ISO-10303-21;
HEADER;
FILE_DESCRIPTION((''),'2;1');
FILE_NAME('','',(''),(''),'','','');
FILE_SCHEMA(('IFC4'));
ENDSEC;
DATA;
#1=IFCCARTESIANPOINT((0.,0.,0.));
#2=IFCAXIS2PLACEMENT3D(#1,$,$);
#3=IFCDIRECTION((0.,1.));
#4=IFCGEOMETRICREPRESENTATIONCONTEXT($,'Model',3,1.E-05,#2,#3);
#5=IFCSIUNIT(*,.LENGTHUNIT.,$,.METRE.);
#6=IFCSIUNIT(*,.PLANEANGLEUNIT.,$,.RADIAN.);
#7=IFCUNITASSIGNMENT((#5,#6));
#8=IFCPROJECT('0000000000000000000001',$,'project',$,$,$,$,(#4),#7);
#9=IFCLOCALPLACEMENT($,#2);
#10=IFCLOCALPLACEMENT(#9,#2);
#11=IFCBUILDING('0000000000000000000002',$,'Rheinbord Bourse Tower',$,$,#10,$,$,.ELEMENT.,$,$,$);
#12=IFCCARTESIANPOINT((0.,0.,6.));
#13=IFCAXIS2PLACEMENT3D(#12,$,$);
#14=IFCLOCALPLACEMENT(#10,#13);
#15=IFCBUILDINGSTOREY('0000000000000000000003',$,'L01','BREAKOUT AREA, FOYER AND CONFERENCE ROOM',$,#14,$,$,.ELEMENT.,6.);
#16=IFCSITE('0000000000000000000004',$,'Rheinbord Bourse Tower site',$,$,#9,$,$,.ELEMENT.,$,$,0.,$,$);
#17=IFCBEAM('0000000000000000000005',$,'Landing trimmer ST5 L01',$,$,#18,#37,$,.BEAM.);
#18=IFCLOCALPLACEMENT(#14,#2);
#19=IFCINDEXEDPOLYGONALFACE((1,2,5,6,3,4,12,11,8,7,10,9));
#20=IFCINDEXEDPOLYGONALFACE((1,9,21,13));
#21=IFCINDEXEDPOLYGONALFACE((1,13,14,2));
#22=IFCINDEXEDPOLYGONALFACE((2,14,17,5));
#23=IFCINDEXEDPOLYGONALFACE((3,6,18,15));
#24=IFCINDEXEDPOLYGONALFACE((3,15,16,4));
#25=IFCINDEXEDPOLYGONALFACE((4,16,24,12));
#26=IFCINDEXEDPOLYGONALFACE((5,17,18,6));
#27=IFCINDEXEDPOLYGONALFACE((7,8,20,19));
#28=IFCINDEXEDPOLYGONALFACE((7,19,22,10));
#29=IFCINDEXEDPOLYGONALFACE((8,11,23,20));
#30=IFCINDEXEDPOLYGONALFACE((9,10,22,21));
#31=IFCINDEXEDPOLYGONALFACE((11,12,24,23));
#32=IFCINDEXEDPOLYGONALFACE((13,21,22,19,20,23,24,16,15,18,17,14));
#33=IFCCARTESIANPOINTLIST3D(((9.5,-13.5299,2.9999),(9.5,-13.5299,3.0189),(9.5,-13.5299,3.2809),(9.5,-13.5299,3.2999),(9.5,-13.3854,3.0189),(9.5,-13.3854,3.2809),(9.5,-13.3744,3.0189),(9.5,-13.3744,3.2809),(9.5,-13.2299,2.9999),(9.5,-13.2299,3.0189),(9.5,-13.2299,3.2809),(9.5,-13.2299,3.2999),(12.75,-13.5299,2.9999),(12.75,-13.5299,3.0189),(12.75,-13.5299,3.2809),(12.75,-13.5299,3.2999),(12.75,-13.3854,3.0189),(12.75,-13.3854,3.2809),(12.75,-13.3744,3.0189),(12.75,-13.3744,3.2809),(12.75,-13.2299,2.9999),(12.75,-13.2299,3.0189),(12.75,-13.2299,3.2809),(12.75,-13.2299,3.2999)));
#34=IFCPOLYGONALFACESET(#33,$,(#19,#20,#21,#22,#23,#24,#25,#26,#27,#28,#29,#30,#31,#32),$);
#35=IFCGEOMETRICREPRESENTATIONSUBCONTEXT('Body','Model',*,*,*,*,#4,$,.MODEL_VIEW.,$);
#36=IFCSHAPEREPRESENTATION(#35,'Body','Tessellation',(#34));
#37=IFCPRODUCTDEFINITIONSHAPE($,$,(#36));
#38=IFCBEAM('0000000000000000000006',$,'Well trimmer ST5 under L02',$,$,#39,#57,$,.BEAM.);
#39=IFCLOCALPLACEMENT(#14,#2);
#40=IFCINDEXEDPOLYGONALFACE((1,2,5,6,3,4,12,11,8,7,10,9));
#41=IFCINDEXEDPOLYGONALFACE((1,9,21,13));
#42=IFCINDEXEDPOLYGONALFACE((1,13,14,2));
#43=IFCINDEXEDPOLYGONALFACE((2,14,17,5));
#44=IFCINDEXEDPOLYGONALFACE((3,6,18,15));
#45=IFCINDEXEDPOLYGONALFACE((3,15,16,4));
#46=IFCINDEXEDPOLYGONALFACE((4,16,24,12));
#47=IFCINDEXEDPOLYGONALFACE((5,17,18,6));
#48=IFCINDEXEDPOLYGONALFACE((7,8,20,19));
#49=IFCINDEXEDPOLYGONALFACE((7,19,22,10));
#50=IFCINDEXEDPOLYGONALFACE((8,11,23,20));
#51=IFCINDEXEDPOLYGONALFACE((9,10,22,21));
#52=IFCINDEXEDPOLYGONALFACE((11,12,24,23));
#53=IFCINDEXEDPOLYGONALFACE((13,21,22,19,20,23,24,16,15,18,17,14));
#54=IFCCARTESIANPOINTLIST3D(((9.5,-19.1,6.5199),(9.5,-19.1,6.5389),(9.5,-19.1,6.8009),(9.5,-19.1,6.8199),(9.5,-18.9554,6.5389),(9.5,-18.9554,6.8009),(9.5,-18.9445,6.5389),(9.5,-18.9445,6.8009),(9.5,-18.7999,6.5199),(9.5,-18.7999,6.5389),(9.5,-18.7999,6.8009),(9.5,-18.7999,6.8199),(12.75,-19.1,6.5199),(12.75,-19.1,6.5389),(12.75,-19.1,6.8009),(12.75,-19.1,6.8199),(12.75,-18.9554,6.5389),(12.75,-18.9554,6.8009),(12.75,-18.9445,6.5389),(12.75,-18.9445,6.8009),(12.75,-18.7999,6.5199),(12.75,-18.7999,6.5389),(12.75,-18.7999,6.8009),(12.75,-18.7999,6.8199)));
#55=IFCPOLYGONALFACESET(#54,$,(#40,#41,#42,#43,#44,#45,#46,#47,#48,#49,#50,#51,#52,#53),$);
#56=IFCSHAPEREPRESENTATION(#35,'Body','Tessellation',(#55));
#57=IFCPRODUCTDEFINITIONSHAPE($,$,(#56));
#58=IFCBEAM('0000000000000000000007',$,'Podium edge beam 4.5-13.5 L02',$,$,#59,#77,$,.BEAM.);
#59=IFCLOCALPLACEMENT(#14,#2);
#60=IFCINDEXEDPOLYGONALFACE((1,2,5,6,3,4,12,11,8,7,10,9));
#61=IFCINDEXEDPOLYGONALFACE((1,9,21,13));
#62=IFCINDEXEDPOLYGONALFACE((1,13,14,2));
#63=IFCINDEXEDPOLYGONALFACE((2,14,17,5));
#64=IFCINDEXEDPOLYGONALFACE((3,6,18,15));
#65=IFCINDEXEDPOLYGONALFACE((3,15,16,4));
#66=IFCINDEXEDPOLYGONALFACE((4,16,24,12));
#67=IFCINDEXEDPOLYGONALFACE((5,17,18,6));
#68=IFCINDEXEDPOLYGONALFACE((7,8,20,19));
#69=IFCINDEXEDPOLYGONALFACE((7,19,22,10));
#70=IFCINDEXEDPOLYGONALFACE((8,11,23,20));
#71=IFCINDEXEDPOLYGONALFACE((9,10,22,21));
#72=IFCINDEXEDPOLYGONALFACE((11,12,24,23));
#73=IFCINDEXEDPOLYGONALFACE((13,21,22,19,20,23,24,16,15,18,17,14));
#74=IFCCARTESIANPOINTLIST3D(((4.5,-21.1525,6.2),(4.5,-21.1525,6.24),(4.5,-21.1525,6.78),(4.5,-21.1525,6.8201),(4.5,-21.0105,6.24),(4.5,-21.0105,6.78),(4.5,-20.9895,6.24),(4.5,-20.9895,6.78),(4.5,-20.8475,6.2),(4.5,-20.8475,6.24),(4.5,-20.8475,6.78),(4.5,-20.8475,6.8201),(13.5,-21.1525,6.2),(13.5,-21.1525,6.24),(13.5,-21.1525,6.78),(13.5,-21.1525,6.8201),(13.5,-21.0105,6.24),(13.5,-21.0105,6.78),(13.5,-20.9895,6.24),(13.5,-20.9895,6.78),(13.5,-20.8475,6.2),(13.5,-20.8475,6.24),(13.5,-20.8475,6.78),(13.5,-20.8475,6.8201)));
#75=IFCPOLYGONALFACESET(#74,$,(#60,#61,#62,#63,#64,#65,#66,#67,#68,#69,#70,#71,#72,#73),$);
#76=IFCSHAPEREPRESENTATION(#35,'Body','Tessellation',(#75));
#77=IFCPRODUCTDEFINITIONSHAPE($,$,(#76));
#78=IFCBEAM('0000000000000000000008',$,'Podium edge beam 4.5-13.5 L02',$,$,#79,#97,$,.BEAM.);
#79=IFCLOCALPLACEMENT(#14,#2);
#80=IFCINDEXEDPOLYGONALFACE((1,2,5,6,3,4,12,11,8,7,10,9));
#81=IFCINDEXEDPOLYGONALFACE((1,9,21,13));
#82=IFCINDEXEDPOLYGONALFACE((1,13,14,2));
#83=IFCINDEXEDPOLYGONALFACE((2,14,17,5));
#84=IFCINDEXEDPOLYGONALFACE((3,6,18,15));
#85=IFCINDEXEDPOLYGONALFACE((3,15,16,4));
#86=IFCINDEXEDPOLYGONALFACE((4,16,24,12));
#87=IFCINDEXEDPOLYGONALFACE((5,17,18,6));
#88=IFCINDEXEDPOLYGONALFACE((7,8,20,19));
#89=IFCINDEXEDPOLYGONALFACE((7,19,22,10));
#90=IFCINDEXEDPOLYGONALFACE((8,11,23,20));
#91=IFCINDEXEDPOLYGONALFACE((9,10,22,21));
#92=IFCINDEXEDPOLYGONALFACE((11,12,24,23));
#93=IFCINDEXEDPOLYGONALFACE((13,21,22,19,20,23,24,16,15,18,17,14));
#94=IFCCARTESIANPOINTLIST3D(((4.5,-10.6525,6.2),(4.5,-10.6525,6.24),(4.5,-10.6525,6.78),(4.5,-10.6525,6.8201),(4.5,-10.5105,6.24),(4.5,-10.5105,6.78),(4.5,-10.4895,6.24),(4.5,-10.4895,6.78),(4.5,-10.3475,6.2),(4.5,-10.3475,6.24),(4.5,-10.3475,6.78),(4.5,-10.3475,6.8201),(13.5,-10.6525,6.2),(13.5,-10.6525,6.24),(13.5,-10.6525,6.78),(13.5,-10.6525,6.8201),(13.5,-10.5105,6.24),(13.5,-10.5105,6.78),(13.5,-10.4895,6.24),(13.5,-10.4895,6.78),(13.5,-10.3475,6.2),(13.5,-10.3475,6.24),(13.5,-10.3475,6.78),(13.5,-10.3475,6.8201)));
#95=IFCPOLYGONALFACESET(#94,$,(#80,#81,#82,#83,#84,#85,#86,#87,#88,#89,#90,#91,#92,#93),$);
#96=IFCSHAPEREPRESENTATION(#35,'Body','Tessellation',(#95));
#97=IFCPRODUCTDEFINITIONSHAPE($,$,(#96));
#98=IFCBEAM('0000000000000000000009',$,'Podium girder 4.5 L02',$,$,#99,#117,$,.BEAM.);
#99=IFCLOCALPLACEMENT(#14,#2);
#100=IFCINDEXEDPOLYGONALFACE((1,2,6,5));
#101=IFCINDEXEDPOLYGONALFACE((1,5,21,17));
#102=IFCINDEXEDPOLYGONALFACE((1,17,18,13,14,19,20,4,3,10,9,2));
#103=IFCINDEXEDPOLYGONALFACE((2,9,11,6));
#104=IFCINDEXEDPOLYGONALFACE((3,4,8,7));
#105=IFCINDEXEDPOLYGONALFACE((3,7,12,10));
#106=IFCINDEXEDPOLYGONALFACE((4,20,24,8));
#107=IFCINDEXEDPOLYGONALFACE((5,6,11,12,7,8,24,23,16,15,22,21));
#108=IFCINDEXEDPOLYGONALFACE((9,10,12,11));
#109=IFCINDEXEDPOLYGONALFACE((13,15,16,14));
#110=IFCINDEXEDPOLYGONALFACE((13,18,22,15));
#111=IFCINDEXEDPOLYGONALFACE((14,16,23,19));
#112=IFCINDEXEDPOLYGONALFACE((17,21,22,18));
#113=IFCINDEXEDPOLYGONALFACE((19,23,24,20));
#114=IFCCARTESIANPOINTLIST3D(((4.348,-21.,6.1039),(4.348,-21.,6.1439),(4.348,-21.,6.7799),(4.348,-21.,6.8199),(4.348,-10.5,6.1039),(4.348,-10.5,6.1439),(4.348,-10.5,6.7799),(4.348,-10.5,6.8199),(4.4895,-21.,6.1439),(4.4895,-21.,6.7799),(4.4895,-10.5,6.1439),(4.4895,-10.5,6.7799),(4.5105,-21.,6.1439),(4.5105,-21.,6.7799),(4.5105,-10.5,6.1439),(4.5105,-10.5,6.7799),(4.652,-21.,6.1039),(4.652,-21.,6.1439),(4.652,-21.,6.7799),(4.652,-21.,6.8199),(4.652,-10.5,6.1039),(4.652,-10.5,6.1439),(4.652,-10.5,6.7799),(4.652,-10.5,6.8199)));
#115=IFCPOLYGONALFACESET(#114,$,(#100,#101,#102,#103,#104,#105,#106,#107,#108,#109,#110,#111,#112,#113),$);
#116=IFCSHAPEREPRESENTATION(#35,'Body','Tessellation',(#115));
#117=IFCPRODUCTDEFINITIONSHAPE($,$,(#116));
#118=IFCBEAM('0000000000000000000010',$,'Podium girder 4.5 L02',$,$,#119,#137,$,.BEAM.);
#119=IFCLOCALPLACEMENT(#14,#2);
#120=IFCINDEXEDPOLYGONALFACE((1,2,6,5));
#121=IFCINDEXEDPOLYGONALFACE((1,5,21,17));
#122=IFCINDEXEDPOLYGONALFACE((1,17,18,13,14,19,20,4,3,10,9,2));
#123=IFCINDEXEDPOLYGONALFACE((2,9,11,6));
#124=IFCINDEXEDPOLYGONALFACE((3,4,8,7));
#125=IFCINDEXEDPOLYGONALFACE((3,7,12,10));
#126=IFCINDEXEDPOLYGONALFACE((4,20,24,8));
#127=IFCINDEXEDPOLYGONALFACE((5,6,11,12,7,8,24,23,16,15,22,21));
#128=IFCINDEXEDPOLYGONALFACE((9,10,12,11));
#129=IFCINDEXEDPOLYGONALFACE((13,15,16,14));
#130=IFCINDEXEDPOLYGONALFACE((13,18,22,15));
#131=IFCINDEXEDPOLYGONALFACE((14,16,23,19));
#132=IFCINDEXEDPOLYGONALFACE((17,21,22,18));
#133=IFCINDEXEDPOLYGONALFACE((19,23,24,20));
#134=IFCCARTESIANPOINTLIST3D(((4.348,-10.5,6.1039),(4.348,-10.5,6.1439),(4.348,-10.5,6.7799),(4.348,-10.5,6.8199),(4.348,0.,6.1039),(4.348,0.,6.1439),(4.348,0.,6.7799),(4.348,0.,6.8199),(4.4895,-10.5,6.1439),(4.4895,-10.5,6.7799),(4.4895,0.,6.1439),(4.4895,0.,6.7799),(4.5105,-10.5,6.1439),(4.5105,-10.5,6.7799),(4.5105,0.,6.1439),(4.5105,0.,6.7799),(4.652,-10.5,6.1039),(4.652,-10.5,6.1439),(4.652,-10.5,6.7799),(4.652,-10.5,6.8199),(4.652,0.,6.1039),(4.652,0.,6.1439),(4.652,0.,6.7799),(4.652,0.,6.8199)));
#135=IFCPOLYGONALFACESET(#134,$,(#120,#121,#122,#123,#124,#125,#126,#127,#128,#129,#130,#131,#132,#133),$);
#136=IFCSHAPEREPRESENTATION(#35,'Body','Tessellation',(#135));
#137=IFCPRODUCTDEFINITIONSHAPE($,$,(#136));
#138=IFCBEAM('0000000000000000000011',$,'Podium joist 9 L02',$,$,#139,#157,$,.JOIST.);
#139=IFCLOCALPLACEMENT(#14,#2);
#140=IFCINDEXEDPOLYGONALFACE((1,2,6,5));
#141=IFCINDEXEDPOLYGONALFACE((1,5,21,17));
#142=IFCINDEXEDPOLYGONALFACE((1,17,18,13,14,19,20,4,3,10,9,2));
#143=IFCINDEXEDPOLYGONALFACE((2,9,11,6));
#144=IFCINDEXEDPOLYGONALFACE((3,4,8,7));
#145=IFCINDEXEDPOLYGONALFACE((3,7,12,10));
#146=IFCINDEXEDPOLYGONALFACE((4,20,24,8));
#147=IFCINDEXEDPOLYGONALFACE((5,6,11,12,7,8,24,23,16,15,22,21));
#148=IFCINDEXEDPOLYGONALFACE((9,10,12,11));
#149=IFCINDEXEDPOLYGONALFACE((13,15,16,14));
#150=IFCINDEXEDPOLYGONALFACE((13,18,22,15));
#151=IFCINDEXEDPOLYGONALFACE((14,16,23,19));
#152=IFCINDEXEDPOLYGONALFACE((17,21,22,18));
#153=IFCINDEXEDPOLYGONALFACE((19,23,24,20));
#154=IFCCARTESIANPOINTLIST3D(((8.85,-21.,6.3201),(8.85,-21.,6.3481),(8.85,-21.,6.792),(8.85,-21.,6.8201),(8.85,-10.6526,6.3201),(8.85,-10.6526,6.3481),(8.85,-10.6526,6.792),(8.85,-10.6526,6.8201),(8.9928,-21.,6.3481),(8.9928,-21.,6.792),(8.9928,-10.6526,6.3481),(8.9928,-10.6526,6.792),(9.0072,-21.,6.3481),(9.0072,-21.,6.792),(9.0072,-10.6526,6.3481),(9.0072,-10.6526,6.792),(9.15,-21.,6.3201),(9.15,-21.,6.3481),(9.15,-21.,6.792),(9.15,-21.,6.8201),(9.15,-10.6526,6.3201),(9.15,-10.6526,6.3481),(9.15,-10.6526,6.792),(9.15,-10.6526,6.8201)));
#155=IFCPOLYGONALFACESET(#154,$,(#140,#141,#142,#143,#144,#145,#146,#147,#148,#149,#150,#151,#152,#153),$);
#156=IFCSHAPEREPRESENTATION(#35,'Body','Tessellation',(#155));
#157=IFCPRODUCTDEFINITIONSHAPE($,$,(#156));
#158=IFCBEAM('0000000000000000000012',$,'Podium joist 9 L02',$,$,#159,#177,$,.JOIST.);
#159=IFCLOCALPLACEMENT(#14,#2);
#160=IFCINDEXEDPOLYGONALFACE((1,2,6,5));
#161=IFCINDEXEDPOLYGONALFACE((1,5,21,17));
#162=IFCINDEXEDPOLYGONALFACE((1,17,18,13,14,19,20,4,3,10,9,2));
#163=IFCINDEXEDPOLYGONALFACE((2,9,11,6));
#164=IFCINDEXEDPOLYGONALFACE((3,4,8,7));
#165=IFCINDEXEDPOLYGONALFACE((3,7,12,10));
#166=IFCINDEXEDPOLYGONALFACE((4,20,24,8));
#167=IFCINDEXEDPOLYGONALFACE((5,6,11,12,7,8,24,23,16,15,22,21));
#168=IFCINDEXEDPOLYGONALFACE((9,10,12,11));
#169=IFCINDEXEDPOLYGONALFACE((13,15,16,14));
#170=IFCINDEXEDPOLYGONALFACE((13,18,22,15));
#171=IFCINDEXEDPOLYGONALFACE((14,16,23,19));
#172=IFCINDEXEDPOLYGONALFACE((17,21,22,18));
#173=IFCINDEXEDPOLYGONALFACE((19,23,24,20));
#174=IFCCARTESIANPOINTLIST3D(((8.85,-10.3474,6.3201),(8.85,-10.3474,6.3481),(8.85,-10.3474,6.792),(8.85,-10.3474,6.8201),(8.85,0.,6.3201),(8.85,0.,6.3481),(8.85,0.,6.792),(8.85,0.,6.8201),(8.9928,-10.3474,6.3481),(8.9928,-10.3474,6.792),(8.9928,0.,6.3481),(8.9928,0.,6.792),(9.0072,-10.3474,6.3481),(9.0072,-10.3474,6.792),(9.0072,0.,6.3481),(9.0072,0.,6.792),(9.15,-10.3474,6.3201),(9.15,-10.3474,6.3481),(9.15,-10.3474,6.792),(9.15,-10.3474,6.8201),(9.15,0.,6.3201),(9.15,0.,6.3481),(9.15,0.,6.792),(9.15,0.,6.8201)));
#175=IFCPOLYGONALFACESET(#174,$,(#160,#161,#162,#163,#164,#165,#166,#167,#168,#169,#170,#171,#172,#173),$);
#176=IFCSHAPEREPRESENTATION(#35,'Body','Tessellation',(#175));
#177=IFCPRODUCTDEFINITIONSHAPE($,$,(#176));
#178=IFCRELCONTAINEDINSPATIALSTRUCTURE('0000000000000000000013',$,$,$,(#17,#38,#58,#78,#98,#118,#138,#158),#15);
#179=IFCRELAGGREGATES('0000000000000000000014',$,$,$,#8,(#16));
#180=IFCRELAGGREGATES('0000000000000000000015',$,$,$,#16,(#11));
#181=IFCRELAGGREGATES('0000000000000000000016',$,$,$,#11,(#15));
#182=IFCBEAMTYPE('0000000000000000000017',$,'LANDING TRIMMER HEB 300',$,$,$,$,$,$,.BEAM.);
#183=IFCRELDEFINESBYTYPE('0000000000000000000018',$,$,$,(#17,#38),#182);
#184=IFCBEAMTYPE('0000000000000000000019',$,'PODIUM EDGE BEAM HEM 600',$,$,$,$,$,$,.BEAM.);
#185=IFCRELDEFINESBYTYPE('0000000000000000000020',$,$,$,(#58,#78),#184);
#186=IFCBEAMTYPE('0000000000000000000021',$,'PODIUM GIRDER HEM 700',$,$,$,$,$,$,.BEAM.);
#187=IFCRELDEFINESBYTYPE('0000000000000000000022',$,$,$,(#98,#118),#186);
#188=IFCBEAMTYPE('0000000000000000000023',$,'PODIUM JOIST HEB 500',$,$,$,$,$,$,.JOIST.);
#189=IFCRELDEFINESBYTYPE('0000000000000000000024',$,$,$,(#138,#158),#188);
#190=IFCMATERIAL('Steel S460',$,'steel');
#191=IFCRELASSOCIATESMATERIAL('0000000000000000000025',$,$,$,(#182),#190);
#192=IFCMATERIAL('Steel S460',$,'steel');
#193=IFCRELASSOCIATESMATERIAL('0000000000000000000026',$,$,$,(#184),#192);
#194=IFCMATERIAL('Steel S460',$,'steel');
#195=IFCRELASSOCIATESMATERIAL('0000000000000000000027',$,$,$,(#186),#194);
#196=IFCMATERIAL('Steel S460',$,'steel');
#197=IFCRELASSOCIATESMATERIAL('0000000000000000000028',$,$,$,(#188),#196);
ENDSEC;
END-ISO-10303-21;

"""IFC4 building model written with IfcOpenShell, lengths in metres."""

from ifc_helpers import new_model, si_unit, direction, frame, origin, origin_2d, place, context, subcontext, project, spatial, i_section, extrude, material, material_profile, profile_set, type_object, element, save


model = new_model("IFC4")

# Units and contexts
model_context = context("Model", 3, precision=1e-05, world=origin(), true_north=direction((0.0, 1.0)))
body_context = subcontext(model_context, "Body", "Model", "MODEL_VIEW")
ifc_project = project(units=[si_unit("LENGTHUNIT", "METRE"), si_unit("PLANEANGLEUNIT", "RADIAN")], contexts=[model_context])

# Site, building, storey
site_placement = place(None, origin())
site = spatial("IfcSite", under=ifc_project, at=site_placement, Name="Rheinbord Bourse Tower site", CompositionType="ELEMENT", RefElevation=0.0)
building_placement = place(site_placement, origin())
building = spatial("IfcBuilding", under=site, at=building_placement, Name="Rheinbord Bourse Tower", CompositionType="ELEMENT")
storey_placement = place(building_placement, frame((0.0, 0.0, 6.0)))
storey = spatial("IfcBuildingStorey", under=building, at=storey_placement, Name="L01", Description="BREAKOUT AREA, FOYER AND CONFERENCE ROOM", CompositionType="ELEMENT", Elevation=6.0)

# Beams
ifc_material_1 = material(Name="Steel S460", Category="steel")
ifc_material_profile_1 = material_profile(ifc_material_1, i_section(OverallWidth=0.3, OverallDepth=0.3, WebThickness=0.011, FlangeThickness=0.019, at=origin_2d()), Name="HEB 300")
ifc_profile_set_1 = profile_set([ifc_material_profile_1], Name="Steel S460")
beam_type_1 = type_object("IfcBeamType", Name="LANDING TRIMMER HEB 300", PredefinedType="BEAM", material=ifc_profile_set_1)
for number, where, z_axis, x_axis, name in (
    (1, (9.5, -13.3799, 3.1499), (1.0, 0.0, 0.0), (0.0, 1.0, 0.0), "Landing trimmer ST5 L01"),
    (2, (9.5, -18.95, 6.6699), (1.0, 0.0, 0.0), (0.0, 1.0, 0.0), "Well trimmer ST5 under L02"),
):
    element("IfcBeam", number, at=place(storey_placement, frame(where, z_axis=z_axis, x_axis=x_axis)), inside=storey, type_object=beam_type_1, Name=name, PredefinedType="BEAM", context=body_context, shape_type="SweptSolid", body=[
        extrude(i_section(OverallWidth=0.3, OverallDepth=0.3, WebThickness=0.011, FlangeThickness=0.019, at=origin_2d()), origin(), (0.0, 0.0, 1.0), 3.25),
    ])
ifc_material_2 = material(Name="Steel S460", Category="steel")
ifc_material_profile_2 = material_profile(ifc_material_2, i_section(OverallWidth=0.3049, OverallDepth=0.6201, WebThickness=0.021, FlangeThickness=0.04, at=origin_2d()), Name="HEM 600")
ifc_profile_set_2 = profile_set([ifc_material_profile_2], Name="Steel S460")
beam_type_2 = type_object("IfcBeamType", Name="PODIUM EDGE BEAM HEM 600", PredefinedType="BEAM", material=ifc_profile_set_2)
for number, where, z_axis, x_axis, name in (
    (3, (4.5, -21.0, 6.51), (1.0, 0.0, 0.0), (0.0, 1.0, 0.0), "Podium edge beam 4.5-13.5 L02"),
    (4, (4.5, -10.5, 6.51), (1.0, 0.0, 0.0), (0.0, 1.0, 0.0), "Podium edge beam 4.5-13.5 L02"),
):
    element("IfcBeam", number, at=place(storey_placement, frame(where, z_axis=z_axis, x_axis=x_axis)), inside=storey, type_object=beam_type_2, Name=name, PredefinedType="BEAM", context=body_context, shape_type="SweptSolid", body=[
        extrude(i_section(OverallWidth=0.3049, OverallDepth=0.6201, WebThickness=0.021, FlangeThickness=0.04, at=origin_2d()), origin(), (0.0, 0.0, 1.0), 9.0),
    ])
ifc_material_3 = material(Name="Steel S460", Category="steel")
ifc_material_profile_3 = material_profile(ifc_material_3, i_section(OverallWidth=0.304, OverallDepth=0.7161, WebThickness=0.021, FlangeThickness=0.04, at=origin_2d()), Name="HEM 700")
ifc_profile_set_3 = profile_set([ifc_material_profile_3], Name="Steel S460")
beam_type_3 = type_object("IfcBeamType", Name="PODIUM GIRDER HEM 700", PredefinedType="BEAM", material=ifc_profile_set_3)
for number, where, z_axis, x_axis, name in (
    (5, (4.5, -21.0, 6.4619), (0.0, 1.0, 0.0), (-1.0, 0.0, 0.0), "Podium girder 4.5 L02"),
    (6, (4.5, -10.5, 6.4619), (0.0, 1.0, 0.0), (-1.0, 0.0, 0.0), "Podium girder 4.5 L02"),
):
    element("IfcBeam", number, at=place(storey_placement, frame(where, z_axis=z_axis, x_axis=x_axis)), inside=storey, type_object=beam_type_3, Name=name, PredefinedType="BEAM", context=body_context, shape_type="SweptSolid", body=[
        extrude(i_section(OverallWidth=0.304, OverallDepth=0.7161, WebThickness=0.021, FlangeThickness=0.04, at=origin_2d()), origin(), (0.0, 0.0, 1.0), 10.5),
    ])
ifc_material_4 = material(Name="Steel S460", Category="steel")
ifc_material_profile_4 = material_profile(ifc_material_4, i_section(OverallWidth=0.3, OverallDepth=0.5, WebThickness=0.0144, FlangeThickness=0.0281, at=origin_2d()), Name="HEB 500")
ifc_profile_set_4 = profile_set([ifc_material_profile_4], Name="Steel S460")
beam_type_4 = type_object("IfcBeamType", Name="PODIUM JOIST HEB 500", PredefinedType="JOIST", material=ifc_profile_set_4)
for number, where, z_axis, x_axis, name in (
    (7, (9.0, -21.0, 6.5701), (0.0, 1.0, 0.0), (-1.0, 0.0, 0.0), "Podium joist 9 L02"),
    (8, (9.0, -10.3474, 6.5701), (0.0, 1.0, 0.0), (-1.0, 0.0, 0.0), "Podium joist 9 L02"),
):
    element("IfcBeam", number, at=place(storey_placement, frame(where, z_axis=z_axis, x_axis=x_axis)), inside=storey, type_object=beam_type_4, Name=name, PredefinedType="JOIST", context=body_context, shape_type="SweptSolid", body=[
        extrude(i_section(OverallWidth=0.3, OverallDepth=0.5, WebThickness=0.0144, FlangeThickness=0.0281, at=origin_2d()), origin(), (0.0, 0.0, 1.0), 10.3474),
    ])

save(model, "model.ifc")
